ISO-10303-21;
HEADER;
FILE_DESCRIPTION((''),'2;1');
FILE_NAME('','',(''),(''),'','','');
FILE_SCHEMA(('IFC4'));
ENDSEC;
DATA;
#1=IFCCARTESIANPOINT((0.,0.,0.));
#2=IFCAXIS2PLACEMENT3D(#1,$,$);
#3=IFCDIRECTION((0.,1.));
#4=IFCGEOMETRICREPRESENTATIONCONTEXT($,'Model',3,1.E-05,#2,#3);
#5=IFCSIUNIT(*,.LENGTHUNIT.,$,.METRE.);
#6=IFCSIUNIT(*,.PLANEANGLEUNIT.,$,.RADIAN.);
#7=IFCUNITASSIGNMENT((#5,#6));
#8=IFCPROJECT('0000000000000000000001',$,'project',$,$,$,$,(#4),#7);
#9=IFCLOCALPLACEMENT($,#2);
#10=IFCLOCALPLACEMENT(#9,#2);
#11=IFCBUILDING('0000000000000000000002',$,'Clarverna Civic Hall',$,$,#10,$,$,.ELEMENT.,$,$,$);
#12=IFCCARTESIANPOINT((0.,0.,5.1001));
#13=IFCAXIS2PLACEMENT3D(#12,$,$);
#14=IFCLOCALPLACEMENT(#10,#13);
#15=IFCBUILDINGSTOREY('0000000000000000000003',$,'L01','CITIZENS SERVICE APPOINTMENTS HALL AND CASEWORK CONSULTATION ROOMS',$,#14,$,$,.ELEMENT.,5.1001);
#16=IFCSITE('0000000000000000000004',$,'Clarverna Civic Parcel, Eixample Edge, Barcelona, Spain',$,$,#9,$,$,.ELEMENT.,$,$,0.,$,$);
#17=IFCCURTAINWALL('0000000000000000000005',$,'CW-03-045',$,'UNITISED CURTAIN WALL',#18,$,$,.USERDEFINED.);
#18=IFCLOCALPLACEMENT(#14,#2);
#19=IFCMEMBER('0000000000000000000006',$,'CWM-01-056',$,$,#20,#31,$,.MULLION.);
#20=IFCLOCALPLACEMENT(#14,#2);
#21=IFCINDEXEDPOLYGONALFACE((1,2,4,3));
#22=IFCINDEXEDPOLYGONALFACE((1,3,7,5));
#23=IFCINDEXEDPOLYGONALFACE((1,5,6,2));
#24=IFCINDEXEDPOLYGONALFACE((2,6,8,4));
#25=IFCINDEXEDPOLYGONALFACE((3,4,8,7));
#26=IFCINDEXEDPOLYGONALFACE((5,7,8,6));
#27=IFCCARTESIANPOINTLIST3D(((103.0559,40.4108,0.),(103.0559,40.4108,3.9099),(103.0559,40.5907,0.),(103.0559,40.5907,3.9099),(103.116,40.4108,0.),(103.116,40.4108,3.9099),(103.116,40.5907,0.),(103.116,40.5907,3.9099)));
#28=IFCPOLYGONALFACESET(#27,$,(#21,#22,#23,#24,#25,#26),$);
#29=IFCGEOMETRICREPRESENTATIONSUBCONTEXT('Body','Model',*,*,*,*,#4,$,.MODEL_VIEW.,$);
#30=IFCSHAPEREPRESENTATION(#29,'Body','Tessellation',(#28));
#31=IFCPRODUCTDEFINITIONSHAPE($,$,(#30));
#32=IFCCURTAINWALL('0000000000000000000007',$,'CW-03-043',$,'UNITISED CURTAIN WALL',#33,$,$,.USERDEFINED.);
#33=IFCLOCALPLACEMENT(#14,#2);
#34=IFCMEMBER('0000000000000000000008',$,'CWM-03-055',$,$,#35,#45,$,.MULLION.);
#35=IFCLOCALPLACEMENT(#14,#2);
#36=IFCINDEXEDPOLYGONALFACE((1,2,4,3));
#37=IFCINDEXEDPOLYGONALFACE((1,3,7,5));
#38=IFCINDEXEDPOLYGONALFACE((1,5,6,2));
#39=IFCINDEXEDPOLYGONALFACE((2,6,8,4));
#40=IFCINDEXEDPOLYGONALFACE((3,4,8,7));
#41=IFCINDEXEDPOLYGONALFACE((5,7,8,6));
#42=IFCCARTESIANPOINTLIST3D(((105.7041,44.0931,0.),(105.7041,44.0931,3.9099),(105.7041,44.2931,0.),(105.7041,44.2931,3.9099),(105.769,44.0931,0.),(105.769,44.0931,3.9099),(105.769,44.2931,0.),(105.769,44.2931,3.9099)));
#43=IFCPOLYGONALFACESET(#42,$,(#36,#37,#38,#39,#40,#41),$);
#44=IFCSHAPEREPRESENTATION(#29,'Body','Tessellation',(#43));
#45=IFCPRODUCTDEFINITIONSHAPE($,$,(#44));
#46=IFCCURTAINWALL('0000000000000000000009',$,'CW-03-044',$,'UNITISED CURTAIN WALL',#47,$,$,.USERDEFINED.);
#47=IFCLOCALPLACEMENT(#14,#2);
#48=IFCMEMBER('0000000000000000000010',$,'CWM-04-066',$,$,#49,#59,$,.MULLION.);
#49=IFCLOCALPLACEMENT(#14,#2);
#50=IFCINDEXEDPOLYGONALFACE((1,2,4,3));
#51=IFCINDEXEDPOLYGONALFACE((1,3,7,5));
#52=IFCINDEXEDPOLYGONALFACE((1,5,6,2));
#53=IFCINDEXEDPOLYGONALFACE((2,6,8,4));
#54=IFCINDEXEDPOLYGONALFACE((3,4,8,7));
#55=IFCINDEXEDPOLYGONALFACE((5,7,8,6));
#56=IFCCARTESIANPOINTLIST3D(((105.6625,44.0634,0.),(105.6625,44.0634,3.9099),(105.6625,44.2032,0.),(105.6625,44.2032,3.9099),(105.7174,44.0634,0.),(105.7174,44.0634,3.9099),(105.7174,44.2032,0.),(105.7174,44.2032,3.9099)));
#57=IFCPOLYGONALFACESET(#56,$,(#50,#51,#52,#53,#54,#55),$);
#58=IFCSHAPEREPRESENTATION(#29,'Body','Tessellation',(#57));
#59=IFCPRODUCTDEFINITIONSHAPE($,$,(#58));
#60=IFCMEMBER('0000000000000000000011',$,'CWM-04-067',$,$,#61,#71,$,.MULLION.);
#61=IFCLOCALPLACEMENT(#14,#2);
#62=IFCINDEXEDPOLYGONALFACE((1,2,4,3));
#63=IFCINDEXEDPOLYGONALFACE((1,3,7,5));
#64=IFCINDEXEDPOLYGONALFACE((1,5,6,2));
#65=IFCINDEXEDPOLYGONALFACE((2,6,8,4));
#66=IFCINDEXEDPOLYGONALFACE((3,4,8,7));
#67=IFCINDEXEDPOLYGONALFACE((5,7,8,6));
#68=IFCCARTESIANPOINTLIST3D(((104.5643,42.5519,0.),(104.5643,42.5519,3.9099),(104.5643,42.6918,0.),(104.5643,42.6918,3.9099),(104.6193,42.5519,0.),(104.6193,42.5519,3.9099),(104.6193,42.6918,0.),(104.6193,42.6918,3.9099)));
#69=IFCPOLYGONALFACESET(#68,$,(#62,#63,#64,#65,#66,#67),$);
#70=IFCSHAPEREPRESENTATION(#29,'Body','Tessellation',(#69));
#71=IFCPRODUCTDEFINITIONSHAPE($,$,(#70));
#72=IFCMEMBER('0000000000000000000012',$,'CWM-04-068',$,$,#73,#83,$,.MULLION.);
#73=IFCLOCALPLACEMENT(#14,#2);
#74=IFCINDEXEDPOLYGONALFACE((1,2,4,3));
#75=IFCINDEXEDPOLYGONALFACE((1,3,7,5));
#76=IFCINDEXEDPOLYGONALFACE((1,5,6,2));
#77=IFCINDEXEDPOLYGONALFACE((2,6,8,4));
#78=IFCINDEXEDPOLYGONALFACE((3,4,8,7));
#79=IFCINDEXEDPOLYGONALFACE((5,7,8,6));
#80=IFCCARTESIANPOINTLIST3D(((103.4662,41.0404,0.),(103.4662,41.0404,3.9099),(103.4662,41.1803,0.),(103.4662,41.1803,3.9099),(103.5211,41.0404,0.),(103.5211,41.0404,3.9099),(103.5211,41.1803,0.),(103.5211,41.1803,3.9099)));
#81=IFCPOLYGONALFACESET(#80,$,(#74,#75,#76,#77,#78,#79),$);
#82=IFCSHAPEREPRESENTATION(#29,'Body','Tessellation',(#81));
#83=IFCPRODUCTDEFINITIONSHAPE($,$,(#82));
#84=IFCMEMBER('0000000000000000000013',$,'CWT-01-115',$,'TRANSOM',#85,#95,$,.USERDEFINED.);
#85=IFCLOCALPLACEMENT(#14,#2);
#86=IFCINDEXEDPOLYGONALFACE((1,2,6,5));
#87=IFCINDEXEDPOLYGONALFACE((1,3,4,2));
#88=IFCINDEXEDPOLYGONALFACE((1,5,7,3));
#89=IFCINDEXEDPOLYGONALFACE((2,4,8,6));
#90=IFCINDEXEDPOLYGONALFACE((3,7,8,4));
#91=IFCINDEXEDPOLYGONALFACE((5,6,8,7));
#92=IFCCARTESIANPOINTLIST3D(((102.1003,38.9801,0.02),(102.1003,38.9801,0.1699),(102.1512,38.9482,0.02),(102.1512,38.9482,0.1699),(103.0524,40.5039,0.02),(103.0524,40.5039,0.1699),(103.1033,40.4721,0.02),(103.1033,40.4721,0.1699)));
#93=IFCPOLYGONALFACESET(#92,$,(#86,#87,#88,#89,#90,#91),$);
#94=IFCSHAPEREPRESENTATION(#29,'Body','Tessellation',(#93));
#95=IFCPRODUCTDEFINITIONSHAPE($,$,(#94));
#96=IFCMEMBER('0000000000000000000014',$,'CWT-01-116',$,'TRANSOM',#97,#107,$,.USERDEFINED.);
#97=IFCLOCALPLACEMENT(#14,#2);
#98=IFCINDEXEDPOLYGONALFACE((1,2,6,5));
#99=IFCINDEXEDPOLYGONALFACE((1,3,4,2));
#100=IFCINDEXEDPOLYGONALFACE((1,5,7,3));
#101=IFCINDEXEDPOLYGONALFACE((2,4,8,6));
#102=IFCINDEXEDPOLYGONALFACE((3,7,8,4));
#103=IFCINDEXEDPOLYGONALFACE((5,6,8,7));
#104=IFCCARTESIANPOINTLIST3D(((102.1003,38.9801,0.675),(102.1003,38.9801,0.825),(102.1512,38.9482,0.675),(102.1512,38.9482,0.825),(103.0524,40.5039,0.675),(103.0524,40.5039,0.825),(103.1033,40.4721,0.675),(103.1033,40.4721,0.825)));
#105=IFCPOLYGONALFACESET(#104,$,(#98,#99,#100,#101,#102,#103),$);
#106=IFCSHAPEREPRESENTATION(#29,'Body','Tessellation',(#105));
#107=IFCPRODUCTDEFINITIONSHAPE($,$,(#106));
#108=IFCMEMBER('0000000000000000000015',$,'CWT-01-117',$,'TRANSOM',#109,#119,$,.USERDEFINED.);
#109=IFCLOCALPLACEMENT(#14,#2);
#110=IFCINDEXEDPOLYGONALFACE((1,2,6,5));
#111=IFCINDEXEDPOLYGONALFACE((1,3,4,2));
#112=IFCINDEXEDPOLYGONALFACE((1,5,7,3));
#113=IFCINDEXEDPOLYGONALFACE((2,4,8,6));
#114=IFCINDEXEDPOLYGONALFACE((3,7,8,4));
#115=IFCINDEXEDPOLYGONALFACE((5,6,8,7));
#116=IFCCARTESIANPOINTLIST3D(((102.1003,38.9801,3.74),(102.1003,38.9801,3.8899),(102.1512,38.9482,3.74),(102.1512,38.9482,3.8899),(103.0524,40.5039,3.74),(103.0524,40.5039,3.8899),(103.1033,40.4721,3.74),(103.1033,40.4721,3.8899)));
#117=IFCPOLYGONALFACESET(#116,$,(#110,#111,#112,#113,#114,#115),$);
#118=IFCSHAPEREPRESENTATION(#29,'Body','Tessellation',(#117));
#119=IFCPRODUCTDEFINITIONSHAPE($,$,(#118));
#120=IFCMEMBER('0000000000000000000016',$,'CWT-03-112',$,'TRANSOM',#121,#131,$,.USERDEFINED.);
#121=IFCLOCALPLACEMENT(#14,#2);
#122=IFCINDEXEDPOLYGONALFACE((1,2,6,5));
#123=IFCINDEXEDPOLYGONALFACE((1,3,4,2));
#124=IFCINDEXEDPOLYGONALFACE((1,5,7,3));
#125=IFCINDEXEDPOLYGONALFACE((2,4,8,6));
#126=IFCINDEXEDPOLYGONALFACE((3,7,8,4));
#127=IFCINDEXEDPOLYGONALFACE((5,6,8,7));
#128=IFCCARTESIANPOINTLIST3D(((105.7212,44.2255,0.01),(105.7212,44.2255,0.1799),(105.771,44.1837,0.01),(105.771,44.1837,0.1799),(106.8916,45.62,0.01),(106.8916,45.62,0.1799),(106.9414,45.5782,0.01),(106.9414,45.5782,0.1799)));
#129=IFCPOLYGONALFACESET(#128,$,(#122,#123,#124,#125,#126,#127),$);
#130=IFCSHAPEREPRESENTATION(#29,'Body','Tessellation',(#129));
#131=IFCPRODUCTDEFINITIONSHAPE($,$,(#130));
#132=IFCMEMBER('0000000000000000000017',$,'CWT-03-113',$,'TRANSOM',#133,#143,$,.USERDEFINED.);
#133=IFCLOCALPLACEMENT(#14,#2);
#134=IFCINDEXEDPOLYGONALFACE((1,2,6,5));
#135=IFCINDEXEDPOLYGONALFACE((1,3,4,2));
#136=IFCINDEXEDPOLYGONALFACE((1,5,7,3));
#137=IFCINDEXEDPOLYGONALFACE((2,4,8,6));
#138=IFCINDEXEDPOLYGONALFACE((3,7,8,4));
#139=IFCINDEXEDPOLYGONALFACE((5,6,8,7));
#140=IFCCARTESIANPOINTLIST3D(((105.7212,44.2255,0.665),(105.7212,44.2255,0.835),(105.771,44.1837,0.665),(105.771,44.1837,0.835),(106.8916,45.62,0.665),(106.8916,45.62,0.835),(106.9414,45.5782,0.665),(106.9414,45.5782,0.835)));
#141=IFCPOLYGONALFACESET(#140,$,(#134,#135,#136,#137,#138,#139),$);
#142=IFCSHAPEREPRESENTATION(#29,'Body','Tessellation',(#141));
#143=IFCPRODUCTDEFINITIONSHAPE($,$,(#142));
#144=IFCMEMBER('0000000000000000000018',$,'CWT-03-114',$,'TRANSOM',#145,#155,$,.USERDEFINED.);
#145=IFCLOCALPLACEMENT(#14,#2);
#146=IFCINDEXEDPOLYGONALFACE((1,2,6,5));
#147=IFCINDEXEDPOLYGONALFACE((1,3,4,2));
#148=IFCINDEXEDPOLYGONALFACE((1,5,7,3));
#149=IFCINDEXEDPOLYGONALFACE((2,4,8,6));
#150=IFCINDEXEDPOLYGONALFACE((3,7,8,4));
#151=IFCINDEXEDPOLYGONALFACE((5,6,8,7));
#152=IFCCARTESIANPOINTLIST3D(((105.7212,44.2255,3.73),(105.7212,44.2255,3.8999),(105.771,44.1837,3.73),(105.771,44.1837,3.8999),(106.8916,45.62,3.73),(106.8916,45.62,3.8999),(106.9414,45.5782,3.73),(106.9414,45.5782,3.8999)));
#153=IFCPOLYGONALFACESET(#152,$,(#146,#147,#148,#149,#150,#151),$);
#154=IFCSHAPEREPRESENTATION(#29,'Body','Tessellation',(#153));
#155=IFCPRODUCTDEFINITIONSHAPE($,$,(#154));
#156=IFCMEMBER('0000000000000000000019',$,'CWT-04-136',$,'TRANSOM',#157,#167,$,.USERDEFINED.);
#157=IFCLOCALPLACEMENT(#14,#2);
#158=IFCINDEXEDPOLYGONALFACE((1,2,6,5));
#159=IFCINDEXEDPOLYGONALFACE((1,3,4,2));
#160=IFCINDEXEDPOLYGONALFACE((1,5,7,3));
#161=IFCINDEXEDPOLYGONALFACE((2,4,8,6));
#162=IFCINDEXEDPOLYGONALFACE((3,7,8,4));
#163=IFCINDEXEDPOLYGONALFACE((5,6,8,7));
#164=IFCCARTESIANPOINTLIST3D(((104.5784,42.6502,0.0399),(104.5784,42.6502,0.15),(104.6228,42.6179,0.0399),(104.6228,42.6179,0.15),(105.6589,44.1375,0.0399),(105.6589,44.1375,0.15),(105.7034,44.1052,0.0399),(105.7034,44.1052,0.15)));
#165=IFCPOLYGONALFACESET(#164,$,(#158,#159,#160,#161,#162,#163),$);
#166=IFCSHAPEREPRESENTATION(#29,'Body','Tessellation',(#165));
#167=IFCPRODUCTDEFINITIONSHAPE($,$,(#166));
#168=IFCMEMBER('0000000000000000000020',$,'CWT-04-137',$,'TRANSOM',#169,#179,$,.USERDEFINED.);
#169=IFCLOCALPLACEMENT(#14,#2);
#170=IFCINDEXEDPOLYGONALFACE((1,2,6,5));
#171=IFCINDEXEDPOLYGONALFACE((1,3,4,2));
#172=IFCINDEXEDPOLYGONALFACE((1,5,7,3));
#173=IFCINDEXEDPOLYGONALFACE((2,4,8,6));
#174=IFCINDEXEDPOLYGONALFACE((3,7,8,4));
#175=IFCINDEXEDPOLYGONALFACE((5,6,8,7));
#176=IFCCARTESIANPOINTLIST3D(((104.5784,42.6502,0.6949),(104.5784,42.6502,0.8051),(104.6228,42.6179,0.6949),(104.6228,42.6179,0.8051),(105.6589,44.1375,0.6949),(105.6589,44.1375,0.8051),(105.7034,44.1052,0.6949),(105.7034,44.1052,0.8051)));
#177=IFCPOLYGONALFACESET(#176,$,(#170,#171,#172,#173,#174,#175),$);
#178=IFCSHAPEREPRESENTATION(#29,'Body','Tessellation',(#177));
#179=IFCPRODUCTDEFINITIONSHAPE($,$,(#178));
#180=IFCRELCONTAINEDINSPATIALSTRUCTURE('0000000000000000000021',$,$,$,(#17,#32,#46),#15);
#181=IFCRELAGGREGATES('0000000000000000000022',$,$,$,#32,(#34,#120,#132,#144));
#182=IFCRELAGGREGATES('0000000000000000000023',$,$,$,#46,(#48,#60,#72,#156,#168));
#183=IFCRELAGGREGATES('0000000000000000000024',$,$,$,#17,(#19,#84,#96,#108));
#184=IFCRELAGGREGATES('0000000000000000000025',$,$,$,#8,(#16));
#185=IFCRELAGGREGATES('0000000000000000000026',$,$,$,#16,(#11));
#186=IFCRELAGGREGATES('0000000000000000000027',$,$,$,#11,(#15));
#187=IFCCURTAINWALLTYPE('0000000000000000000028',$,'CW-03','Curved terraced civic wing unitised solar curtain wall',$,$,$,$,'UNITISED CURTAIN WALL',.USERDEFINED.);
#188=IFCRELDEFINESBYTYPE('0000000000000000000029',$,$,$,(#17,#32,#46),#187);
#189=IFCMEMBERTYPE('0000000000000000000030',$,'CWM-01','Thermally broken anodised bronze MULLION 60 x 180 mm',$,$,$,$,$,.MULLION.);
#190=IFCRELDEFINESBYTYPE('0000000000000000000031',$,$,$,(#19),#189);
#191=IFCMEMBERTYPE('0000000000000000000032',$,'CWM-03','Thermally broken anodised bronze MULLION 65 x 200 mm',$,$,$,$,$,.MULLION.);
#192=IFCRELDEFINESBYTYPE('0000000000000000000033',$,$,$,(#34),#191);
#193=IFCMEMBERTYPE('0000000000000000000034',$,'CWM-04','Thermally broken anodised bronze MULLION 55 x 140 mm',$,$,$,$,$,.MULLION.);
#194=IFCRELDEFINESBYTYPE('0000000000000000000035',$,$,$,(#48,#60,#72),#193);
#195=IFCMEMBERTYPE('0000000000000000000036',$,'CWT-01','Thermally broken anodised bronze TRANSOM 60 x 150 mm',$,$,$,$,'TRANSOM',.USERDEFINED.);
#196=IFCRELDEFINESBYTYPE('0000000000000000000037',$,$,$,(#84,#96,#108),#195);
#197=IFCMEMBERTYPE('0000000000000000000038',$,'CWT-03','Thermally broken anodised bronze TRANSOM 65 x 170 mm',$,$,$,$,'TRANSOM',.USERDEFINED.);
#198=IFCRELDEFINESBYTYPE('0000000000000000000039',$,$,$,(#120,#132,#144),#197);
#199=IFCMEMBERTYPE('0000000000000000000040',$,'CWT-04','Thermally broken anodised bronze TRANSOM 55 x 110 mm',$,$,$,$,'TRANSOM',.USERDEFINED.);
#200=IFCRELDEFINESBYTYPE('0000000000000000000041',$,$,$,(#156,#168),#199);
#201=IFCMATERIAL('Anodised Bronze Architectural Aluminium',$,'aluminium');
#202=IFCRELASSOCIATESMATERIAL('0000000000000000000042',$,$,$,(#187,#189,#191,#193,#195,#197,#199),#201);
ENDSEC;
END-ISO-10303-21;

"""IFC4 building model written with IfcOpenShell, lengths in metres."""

from ifc_helpers import new_model, si_unit, direction, frame, origin, origin_2d, place, context, subcontext, project, spatial, rectangle, extrude, material, material_profile, profile_set, type_object, element, aggregate, save


model = new_model("IFC4")

# Units and contexts
model_context = context("Model", 3, precision=1e-05, world=origin(), true_north=direction((0.0, 1.0)))
body_context = subcontext(model_context, "Body", "Model", "MODEL_VIEW")
ifc_project = project(units=[si_unit("LENGTHUNIT", "METRE"), si_unit("PLANEANGLEUNIT", "RADIAN")], contexts=[model_context])

# Site, building, storey
site_placement = place(None, origin())
site = spatial("IfcSite", under=ifc_project, at=site_placement, Name="Clarverna Civic Parcel, Eixample Edge, Barcelona, Spain", CompositionType="ELEMENT", RefElevation=0.0)
building_placement = place(site_placement, origin())
building = spatial("IfcBuilding", under=site, at=building_placement, Name="Clarverna Civic Hall", CompositionType="ELEMENT")
storey_placement = place(building_placement, frame((0.0, 0.0, 5.1001)))
storey = spatial("IfcBuildingStorey", under=building, at=storey_placement, Name="L01", Description="CITIZENS SERVICE APPOINTMENTS HALL AND CASEWORK CONSULTATION ROOMS", CompositionType="ELEMENT", Elevation=5.1001)

# Curtain walls, members
ifc_material_1 = material(Name="Anodised Bronze Architectural Aluminium", Category="aluminium")
curtain_wall_type = type_object("IfcCurtainWallType", Name="CW-03", Description="Curved terraced civic wing unitised solar curtain wall", ElementType="UNITISED CURTAIN WALL", PredefinedType="USERDEFINED", material=ifc_material_1)
curtain_wall_1_placement = place(storey_placement, origin())
curtain_wall_1 = element("IfcCurtainWall", 1, at=curtain_wall_1_placement, inside=storey, type_object=curtain_wall_type, Name="CW-03-045", ObjectType="UNITISED CURTAIN WALL", PredefinedType="USERDEFINED")
ifc_material_profile_1 = material_profile(ifc_material_1, rectangle(XDim=0.0601, YDim=0.1799, at=origin_2d()), Name="BRONZE 60x180")
ifc_profile_set_1 = profile_set([ifc_material_profile_1], Name="Anodised Bronze Architectural Aluminium")
member_type_1 = type_object("IfcMemberType", Name="CWM-01", Description="Thermally broken anodised bronze MULLION 60 x 180 mm", PredefinedType="MULLION", material=ifc_profile_set_1)
member_1_placement = place(storey_placement, frame((103.0859, 40.5007, 0.0), z_axis=(0.0, 0.0, 1.0), x_axis=(1.0, 0.0, 0.0)))
member_1 = element("IfcMember", 2, at=member_1_placement, type_object=member_type_1, Name="CWM-01-056", PredefinedType="MULLION", context=body_context, shape_type="SweptSolid", body=[
    extrude(rectangle(XDim=0.0601, YDim=0.1799, at=origin_2d()), origin(), (0.0, 0.0, 1.0), 3.9099),
])
curtain_wall_2_placement = place(storey_placement, origin())
curtain_wall_2 = element("IfcCurtainWall", 3, at=curtain_wall_2_placement, inside=storey, type_object=curtain_wall_type, Name="CW-03-043", ObjectType="UNITISED CURTAIN WALL", PredefinedType="USERDEFINED")
ifc_material_profile_2 = material_profile(ifc_material_1, rectangle(XDim=0.0649, YDim=0.2, at=origin_2d()), Name="BRONZE 65x200")
ifc_profile_set_2 = profile_set([ifc_material_profile_2], Name="Anodised Bronze Architectural Aluminium")
member_type_2 = type_object("IfcMemberType", Name="CWM-03", Description="Thermally broken anodised bronze MULLION 65 x 200 mm", PredefinedType="MULLION", material=ifc_profile_set_2)
member_2_placement = place(storey_placement, frame((105.7366, 44.1931, 0.0), z_axis=(0.0, 0.0, 1.0), x_axis=(1.0, 0.0, 0.0)))
member_2 = element("IfcMember", 4, at=member_2_placement, type_object=member_type_2, Name="CWM-03-055", PredefinedType="MULLION", context=body_context, shape_type="SweptSolid", body=[
    extrude(rectangle(XDim=0.0649, YDim=0.2, at=origin_2d()), origin(), (0.0, 0.0, 1.0), 3.9099),
])

# Curtain wall, members
curtain_wall_3_placement = place(storey_placement, origin())
curtain_wall_3 = element("IfcCurtainWall", 5, at=curtain_wall_3_placement, inside=storey, type_object=curtain_wall_type, Name="CW-03-044", ObjectType="UNITISED CURTAIN WALL", PredefinedType="USERDEFINED")
ifc_material_profile_3 = material_profile(ifc_material_1, rectangle(XDim=0.0549, YDim=0.1399, at=origin_2d()), Name="BRONZE 55x140")
ifc_profile_set_3 = profile_set([ifc_material_profile_3], Name="Anodised Bronze Architectural Aluminium")
member_type_3 = type_object("IfcMemberType", Name="CWM-04", Description="Thermally broken anodised bronze MULLION 55 x 140 mm", PredefinedType="MULLION", material=ifc_profile_set_3)
member_3_placement = place(storey_placement, frame((105.6899, 44.1333, 0.0), z_axis=(0.0, 0.0, 1.0), x_axis=(1.0, 0.0, 0.0)))
member_3 = element("IfcMember", 6, at=member_3_placement, type_object=member_type_3, Name="CWM-04-066", PredefinedType="MULLION", context=body_context, shape_type="SweptSolid", body=[
    extrude(rectangle(XDim=0.0549, YDim=0.1399, at=origin_2d()), origin(), (0.0, 0.0, 1.0), 3.9099),
])
member_4_placement = place(storey_placement, frame((104.5918, 42.6218, 0.0), z_axis=(0.0, 0.0, 1.0), x_axis=(1.0, 0.0, 0.0)))
member_4 = element("IfcMember", 7, at=member_4_placement, type_object=member_type_3, Name="CWM-04-067", PredefinedType="MULLION", context=body_context, shape_type="SweptSolid", body=[
    extrude(rectangle(XDim=0.0549, YDim=0.1399, at=origin_2d()), origin(), (0.0, 0.0, 1.0), 3.9099),
])
member_5_placement = place(storey_placement, frame((103.4937, 41.1104, 0.0), z_axis=(0.0, 0.0, 1.0), x_axis=(1.0, 0.0, 0.0)))
member_5 = element("IfcMember", 8, at=member_5_placement, type_object=member_type_3, Name="CWM-04-068", PredefinedType="MULLION", context=body_context, shape_type="SweptSolid", body=[
    extrude(rectangle(XDim=0.0549, YDim=0.1399, at=origin_2d()), origin(), (0.0, 0.0, 1.0), 3.9099),
])

# Members
ifc_material_profile_4 = material_profile(ifc_material_1, rectangle(XDim=0.0601, YDim=0.1499, at=origin_2d()), Name="BRONZE 60x150")
ifc_profile_set_4 = profile_set([ifc_material_profile_4], Name="Anodised Bronze Architectural Aluminium")
member_type_4 = type_object("IfcMemberType", Name="CWT-01", Description="Thermally broken anodised bronze TRANSOM 60 x 150 mm", ElementType="TRANSOM", PredefinedType="USERDEFINED", material=ifc_profile_set_4)
member_6_placement = place(storey_placement, frame((103.0779, 40.488, 0.095), z_axis=(-0.529877, -0.848075, 0.0), x_axis=(0.848075, -0.529877, 0.0)))
member_6 = element("IfcMember", 9, at=member_6_placement, type_object=member_type_4, Name="CWT-01-115", ObjectType="TRANSOM", PredefinedType="USERDEFINED", context=body_context, shape_type="SweptSolid", body=[
    extrude(rectangle(XDim=0.0601, YDim=0.1499, at=origin_2d()), origin(), (0.0, 0.0, 1.0), 1.7969),
])
member_7_placement = place(storey_placement, frame((103.0779, 40.488, 0.75), z_axis=(-0.529877, -0.848075, 0.0), x_axis=(0.848075, -0.529877, 0.0)))
member_7 = element("IfcMember", 10, at=member_7_placement, type_object=member_type_4, Name="CWT-01-116", ObjectType="TRANSOM", PredefinedType="USERDEFINED", context=body_context, shape_type="SweptSolid", body=[
    extrude(rectangle(XDim=0.0601, YDim=0.1499, at=origin_2d()), origin(), (0.0, 0.0, 1.0), 1.7969),
])
member_8_placement = place(storey_placement, frame((103.0779, 40.488, 3.8149), z_axis=(-0.529877, -0.848075, 0.0), x_axis=(0.848075, -0.529877, 0.0)))
member_8 = element("IfcMember", 11, at=member_8_placement, type_object=member_type_4, Name="CWT-01-117", ObjectType="TRANSOM", PredefinedType="USERDEFINED", context=body_context, shape_type="SweptSolid", body=[
    extrude(rectangle(XDim=0.0601, YDim=0.1499, at=origin_2d()), origin(), (0.0, 0.0, 1.0), 1.7969),
])
ifc_material_profile_5 = material_profile(ifc_material_1, rectangle(XDim=0.0649, YDim=0.1699, at=origin_2d()), Name="BRONZE 65x170")
ifc_profile_set_5 = profile_set([ifc_material_profile_5], Name="Anodised Bronze Architectural Aluminium")
member_type_5 = type_object("IfcMemberType", Name="CWT-03", Description="Thermally broken anodised bronze TRANSOM 65 x 170 mm", ElementType="TRANSOM", PredefinedType="USERDEFINED", material=ifc_profile_set_5)
member_9_placement = place(storey_placement, frame((106.9165, 45.5991, 0.095), z_axis=(-0.642871, -0.765974, 0.0), x_axis=(0.765974, -0.642871, 0.0)))
member_9 = element("IfcMember", 12, at=member_9_placement, type_object=member_type_5, Name="CWT-03-112", ObjectType="TRANSOM", PredefinedType="USERDEFINED", context=body_context, shape_type="SweptSolid", body=[
    extrude(rectangle(XDim=0.0649, YDim=0.1699, at=origin_2d()), origin(), (0.0, 0.0, 1.0), 1.8206),
])
member_10_placement = place(storey_placement, frame((106.9165, 45.5991, 0.75), z_axis=(-0.642871, -0.765974, 0.0), x_axis=(0.765974, -0.642871, 0.0)))
member_10 = element("IfcMember", 13, at=member_10_placement, type_object=member_type_5, Name="CWT-03-113", ObjectType="TRANSOM", PredefinedType="USERDEFINED", context=body_context, shape_type="SweptSolid", body=[
    extrude(rectangle(XDim=0.0649, YDim=0.1699, at=origin_2d()), origin(), (0.0, 0.0, 1.0), 1.8206),
])
member_11_placement = place(storey_placement, frame((106.9165, 45.5991, 3.8149), z_axis=(-0.642871, -0.765974, 0.0), x_axis=(0.765974, -0.642871, 0.0)))
member_11 = element("IfcMember", 14, at=member_11_placement, type_object=member_type_5, Name="CWT-03-114", ObjectType="TRANSOM", PredefinedType="USERDEFINED", context=body_context, shape_type="SweptSolid", body=[
    extrude(rectangle(XDim=0.0649, YDim=0.1699, at=origin_2d()), origin(), (0.0, 0.0, 1.0), 1.8206),
])
aggregate(curtain_wall_2, [member_2, member_9, member_10, member_11])
ifc_material_profile_6 = material_profile(ifc_material_1, rectangle(XDim=0.0549, YDim=0.1101, at=origin_2d()), Name="BRONZE 55x110")
ifc_profile_set_6 = profile_set([ifc_material_profile_6], Name="Anodised Bronze Architectural Aluminium")
member_type_6 = type_object("IfcMemberType", Name="CWT-04", Description="Thermally broken anodised bronze TRANSOM 55 x 110 mm", ElementType="TRANSOM", PredefinedType="USERDEFINED", material=ifc_profile_set_6)
member_12_placement = place(storey_placement, frame((105.6812, 44.1213, 0.095), z_axis=(-0.587777, -0.809023, 0.0), x_axis=(0.809023, -0.587777, 0.0)))
member_12 = element("IfcMember", 15, at=member_12_placement, type_object=member_type_6, Name="CWT-04-136", ObjectType="TRANSOM", PredefinedType="USERDEFINED", context=body_context, shape_type="SweptSolid", body=[
    extrude(rectangle(XDim=0.0549, YDim=0.1101, at=origin_2d()), origin(), (0.0, 0.0, 1.0), 1.8384),
])
member_13_placement = place(storey_placement, frame((105.6812, 44.1213, 0.75), z_axis=(-0.587777, -0.809023, 0.0), x_axis=(0.809023, -0.587777, 0.0)))
member_13 = element("IfcMember", 16, at=member_13_placement, type_object=member_type_6, Name="CWT-04-137", ObjectType="TRANSOM", PredefinedType="USERDEFINED", context=body_context, shape_type="SweptSolid", body=[
    extrude(rectangle(XDim=0.0549, YDim=0.1101, at=origin_2d()), origin(), (0.0, 0.0, 1.0), 1.8384),
])

aggregate(curtain_wall_3, [member_3, member_4, member_5, member_12, member_13])
aggregate(curtain_wall_1, [member_1, member_6, member_7, member_8])

save(model, "model.ifc")
